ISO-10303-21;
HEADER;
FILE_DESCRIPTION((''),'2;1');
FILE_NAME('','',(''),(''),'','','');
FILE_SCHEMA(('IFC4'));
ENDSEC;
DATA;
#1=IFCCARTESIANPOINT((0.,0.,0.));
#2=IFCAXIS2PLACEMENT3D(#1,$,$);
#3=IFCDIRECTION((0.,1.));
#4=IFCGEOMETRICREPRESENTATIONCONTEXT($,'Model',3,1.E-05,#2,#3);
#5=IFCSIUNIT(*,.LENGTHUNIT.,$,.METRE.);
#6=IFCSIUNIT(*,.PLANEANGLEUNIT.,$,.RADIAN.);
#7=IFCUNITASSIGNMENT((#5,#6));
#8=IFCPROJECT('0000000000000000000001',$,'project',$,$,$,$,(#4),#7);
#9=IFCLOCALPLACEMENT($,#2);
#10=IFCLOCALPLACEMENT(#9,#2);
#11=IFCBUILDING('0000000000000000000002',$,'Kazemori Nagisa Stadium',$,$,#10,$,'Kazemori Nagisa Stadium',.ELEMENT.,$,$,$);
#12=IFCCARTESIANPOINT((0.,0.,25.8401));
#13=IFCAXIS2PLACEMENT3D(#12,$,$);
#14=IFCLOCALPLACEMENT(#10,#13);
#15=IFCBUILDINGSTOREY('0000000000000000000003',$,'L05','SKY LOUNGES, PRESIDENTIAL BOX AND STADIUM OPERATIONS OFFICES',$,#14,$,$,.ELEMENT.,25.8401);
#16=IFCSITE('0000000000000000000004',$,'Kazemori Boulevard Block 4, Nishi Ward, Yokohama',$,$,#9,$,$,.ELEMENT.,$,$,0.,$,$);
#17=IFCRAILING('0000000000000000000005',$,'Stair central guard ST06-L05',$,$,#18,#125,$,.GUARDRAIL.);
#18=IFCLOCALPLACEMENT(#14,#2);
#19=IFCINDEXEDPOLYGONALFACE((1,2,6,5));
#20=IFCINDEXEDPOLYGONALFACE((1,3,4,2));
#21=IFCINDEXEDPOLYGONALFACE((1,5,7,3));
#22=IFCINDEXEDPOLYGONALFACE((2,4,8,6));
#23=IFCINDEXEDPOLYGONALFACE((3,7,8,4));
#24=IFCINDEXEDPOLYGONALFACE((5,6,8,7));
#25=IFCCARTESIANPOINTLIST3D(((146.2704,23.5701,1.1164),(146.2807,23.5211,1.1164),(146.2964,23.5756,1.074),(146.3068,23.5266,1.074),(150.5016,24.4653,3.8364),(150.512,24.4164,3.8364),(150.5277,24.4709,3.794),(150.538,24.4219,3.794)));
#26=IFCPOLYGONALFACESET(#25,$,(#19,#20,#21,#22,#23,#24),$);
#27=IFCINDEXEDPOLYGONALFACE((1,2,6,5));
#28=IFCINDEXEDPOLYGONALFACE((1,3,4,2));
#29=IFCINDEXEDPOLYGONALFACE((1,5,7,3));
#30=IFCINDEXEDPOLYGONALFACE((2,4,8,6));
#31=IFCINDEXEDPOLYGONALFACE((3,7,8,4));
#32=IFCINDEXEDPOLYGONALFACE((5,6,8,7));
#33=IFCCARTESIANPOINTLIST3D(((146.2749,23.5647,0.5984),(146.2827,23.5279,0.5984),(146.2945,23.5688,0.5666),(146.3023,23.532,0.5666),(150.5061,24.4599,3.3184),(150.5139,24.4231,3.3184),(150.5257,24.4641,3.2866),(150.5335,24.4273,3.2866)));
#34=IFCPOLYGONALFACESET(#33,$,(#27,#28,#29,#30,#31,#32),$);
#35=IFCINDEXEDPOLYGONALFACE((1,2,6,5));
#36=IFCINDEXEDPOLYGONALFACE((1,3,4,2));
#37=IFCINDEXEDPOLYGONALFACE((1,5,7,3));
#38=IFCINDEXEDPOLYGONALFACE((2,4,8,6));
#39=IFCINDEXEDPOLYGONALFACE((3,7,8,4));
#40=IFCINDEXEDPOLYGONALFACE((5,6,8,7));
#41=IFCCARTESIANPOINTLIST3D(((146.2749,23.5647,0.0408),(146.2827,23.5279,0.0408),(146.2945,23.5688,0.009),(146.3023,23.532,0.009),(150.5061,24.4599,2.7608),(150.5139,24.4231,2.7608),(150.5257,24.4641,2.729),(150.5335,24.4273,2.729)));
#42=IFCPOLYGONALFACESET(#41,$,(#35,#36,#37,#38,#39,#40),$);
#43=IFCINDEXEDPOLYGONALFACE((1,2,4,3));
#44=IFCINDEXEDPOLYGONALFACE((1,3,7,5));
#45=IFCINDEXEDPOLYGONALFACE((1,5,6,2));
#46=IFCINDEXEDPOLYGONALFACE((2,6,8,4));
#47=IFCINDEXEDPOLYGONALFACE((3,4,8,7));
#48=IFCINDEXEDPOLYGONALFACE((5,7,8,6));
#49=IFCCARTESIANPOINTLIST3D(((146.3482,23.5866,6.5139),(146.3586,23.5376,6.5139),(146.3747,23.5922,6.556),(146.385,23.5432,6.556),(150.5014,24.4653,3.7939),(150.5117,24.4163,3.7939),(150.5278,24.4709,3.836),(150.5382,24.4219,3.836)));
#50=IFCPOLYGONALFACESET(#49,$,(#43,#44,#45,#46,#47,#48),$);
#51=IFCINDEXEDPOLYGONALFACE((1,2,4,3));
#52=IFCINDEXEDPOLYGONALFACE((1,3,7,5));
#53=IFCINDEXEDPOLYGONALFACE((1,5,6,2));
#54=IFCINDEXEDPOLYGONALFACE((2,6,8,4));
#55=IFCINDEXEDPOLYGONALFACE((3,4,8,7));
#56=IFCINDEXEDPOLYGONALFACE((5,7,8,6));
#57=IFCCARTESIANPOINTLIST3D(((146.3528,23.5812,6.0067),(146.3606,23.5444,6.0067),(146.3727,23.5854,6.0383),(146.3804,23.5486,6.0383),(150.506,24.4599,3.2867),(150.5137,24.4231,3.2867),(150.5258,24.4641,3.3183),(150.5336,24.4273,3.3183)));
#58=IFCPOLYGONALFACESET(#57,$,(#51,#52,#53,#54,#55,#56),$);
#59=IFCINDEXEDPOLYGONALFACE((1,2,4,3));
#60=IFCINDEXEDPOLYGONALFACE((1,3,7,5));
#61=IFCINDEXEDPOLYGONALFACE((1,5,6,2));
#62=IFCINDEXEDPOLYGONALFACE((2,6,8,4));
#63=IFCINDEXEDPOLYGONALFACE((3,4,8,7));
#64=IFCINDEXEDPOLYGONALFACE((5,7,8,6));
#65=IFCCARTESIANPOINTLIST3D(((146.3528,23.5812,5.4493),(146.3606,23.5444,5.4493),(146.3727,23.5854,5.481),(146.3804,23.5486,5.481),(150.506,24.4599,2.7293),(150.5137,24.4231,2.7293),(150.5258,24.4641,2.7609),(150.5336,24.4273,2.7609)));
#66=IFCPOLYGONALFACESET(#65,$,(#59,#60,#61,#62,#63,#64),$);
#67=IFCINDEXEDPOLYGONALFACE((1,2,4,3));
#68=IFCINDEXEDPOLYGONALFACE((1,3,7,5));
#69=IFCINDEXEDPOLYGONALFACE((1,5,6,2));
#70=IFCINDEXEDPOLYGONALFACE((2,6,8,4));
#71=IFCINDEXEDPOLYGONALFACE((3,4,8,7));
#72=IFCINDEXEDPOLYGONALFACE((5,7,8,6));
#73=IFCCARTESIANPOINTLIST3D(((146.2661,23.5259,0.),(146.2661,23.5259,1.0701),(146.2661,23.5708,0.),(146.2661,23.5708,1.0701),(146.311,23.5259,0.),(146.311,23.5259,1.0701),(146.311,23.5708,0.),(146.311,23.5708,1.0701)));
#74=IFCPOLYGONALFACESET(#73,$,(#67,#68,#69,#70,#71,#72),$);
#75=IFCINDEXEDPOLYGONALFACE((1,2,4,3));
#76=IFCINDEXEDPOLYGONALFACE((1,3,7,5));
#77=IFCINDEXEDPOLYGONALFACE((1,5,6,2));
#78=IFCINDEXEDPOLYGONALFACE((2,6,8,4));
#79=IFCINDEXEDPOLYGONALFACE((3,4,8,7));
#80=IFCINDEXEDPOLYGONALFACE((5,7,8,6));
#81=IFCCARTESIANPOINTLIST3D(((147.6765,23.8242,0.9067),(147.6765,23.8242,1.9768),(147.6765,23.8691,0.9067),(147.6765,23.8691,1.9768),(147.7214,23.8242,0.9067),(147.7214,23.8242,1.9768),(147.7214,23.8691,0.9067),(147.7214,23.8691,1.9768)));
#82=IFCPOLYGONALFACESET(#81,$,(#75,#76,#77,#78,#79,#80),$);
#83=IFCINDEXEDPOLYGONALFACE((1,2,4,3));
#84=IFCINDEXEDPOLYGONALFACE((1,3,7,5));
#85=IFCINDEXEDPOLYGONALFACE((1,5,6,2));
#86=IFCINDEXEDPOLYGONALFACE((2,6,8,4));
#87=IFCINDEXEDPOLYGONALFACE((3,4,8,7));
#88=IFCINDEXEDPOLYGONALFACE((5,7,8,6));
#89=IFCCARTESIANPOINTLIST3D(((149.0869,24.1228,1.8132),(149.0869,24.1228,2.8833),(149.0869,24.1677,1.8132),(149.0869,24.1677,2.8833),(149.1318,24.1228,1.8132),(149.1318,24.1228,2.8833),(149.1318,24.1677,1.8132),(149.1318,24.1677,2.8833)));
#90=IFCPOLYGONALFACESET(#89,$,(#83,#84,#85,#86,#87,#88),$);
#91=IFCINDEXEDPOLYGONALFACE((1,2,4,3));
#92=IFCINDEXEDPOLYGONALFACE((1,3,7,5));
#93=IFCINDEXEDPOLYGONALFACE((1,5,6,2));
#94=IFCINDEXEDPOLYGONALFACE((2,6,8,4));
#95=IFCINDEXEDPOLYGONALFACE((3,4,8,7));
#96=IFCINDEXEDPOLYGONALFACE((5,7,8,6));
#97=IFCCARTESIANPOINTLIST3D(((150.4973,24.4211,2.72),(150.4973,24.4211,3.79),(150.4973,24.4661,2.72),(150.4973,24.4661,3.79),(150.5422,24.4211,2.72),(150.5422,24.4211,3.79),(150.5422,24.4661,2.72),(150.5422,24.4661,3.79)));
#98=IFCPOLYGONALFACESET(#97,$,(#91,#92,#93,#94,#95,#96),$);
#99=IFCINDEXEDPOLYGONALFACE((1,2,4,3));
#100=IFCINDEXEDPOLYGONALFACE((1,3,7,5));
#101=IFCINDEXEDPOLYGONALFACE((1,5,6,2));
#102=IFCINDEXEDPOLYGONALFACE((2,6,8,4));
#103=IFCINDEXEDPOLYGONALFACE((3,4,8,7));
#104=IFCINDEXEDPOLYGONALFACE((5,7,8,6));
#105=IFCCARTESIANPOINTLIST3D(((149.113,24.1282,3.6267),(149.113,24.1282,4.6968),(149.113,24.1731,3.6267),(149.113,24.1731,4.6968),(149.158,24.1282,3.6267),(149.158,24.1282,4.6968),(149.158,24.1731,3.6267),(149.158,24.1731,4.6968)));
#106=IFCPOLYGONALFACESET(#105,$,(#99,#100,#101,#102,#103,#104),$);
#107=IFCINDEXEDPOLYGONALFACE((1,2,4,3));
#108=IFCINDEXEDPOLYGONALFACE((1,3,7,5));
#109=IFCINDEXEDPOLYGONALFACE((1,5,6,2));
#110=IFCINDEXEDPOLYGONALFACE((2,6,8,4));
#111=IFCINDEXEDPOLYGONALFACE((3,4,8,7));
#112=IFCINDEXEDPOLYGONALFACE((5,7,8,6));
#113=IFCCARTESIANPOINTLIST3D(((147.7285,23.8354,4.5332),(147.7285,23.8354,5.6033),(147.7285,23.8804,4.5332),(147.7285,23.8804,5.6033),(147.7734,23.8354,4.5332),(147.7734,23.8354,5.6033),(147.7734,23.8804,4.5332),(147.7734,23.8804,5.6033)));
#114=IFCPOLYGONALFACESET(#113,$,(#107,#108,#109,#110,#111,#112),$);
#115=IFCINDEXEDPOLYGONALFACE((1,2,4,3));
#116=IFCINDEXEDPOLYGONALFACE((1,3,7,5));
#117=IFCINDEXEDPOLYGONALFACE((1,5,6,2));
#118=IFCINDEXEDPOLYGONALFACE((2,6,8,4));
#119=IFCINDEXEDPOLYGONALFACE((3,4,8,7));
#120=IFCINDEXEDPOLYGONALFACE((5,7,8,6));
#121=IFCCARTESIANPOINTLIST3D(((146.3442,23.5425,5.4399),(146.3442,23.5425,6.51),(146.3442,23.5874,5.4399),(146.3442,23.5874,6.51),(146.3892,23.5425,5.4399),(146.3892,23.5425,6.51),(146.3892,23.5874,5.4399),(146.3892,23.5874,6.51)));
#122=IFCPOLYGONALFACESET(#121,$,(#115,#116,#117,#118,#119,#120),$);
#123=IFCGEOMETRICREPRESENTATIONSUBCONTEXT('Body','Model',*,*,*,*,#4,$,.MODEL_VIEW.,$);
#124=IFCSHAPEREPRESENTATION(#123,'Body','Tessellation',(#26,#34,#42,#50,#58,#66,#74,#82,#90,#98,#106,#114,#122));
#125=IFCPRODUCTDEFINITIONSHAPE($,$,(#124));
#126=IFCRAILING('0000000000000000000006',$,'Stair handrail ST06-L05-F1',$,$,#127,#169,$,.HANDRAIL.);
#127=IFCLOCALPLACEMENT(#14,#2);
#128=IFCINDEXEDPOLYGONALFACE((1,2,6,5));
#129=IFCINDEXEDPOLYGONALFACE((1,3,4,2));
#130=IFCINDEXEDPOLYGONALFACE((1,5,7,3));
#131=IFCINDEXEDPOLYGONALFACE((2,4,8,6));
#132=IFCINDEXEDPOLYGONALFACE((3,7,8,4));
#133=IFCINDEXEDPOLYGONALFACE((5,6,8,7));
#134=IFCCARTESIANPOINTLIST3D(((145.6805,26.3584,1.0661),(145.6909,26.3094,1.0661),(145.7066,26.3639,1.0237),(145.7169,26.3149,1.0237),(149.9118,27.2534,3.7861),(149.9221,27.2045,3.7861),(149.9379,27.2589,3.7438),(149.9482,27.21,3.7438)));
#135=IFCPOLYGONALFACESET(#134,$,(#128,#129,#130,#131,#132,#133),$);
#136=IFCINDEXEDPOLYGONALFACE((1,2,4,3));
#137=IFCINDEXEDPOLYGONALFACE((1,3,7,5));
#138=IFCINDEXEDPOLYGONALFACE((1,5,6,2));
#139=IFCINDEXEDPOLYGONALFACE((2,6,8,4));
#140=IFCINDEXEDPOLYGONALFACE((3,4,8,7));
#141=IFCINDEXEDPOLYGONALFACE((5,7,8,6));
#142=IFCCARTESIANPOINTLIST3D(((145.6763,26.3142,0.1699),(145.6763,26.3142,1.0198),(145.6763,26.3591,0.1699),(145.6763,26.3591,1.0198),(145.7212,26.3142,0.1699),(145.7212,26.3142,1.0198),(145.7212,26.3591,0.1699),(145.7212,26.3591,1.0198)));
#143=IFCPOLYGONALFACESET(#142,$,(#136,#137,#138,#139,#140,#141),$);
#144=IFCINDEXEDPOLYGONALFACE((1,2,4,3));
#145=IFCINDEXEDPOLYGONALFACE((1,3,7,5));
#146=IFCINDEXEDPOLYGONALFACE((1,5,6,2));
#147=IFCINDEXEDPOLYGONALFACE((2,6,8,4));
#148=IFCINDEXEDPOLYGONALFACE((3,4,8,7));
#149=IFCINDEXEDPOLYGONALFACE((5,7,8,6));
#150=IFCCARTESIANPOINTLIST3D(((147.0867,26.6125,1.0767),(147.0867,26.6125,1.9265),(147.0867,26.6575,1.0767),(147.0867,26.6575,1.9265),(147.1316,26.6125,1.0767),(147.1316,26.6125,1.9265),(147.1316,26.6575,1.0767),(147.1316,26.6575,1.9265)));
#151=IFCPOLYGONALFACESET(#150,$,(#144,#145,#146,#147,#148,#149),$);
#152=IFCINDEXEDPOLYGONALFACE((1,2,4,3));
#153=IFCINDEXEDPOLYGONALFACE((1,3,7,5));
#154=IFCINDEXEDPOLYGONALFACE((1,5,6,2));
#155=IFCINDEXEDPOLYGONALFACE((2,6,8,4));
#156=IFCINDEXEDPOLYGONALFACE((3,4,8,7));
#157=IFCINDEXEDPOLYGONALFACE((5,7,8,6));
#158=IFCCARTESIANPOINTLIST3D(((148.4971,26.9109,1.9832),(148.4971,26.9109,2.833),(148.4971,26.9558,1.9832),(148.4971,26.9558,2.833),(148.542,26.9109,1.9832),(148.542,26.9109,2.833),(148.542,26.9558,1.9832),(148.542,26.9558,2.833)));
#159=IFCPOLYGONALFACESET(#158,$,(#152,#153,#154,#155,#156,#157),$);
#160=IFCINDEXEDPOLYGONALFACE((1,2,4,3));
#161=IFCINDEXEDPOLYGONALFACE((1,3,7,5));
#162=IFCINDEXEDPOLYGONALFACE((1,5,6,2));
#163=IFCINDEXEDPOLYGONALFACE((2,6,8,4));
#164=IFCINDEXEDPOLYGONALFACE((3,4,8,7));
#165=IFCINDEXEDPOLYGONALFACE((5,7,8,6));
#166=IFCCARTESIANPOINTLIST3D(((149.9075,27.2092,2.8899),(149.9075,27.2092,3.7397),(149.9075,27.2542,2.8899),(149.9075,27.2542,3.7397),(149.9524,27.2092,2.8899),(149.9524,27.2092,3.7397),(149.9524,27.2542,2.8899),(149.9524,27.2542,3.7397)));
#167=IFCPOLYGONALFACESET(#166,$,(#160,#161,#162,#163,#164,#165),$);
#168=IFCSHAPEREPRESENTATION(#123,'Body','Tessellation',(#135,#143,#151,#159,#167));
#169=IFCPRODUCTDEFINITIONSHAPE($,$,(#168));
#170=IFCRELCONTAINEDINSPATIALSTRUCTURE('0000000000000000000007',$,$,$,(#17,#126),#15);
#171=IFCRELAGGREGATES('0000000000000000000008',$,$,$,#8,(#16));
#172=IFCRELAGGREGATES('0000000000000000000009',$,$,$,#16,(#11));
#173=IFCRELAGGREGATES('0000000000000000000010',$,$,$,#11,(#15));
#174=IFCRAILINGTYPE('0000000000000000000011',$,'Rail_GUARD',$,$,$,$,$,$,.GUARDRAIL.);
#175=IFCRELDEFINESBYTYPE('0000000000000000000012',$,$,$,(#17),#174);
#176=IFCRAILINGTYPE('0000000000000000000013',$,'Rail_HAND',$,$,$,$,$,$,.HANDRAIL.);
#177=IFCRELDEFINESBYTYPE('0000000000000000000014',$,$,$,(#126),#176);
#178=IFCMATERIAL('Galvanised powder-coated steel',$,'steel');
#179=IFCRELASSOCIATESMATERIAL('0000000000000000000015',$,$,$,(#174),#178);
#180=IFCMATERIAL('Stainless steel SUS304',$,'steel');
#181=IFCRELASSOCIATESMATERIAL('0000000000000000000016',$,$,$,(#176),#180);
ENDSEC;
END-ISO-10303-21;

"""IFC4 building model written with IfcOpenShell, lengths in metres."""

from ifc_helpers import new_model, si_unit, direction, frame, origin, origin_2d, place, context, subcontext, project, spatial, rectangle, extrude, material, type_object, element, save


model = new_model("IFC4")

# Units and contexts
model_context = context("Model", 3, precision=1e-05, world=origin(), true_north=direction((0.0, 1.0)))
body_context = subcontext(model_context, "Body", "Model", "MODEL_VIEW")
ifc_project = project(units=[si_unit("LENGTHUNIT", "METRE"), si_unit("PLANEANGLEUNIT", "RADIAN")], contexts=[model_context])

# Site, building, storey
site_placement = place(None, origin())
site = spatial("IfcSite", under=ifc_project, at=site_placement, Name="Kazemori Boulevard Block 4, Nishi Ward, Yokohama", CompositionType="ELEMENT", RefElevation=0.0)
building_placement = place(site_placement, origin())
building = spatial("IfcBuilding", under=site, at=building_placement, Name="Kazemori Nagisa Stadium", LongName="Kazemori Nagisa Stadium", CompositionType="ELEMENT")
storey_placement = place(building_placement, frame((0.0, 0.0, 25.8401)))
storey = spatial("IfcBuildingStorey", under=building, at=storey_placement, Name="L05", Description="SKY LOUNGES, PRESIDENTIAL BOX AND STADIUM OPERATIONS OFFICES", CompositionType="ELEMENT", Elevation=25.8401)

# Railings
ifc_material_1 = material(Name="Galvanised powder-coated steel", Category="steel")
railing_type_1 = type_object("IfcRailingType", Name="Rail_GUARD", PredefinedType="GUARDRAIL", material=ifc_material_1)
railing_1_placement = place(storey_placement, frame((146.2886, 23.5483, 0.0)))
element("IfcRailing", 1, at=railing_1_placement, inside=storey, type_object=railing_type_1, Name="Stair central guard ST06-L05", PredefinedType="GUARDRAIL", context=body_context, shape_type="SweptSolid", body=[
    extrude(rectangle(XDim=0.05, YDim=0.05, at=origin_2d()), frame((0.0, 0.0, 1.0952), z_axis=(0.828171, 0.17523, 0.532379), x_axis=(-0.207003, 0.97834, 0.0)), (0.0, 0.0, 1.0), 5.1091),
    extrude(rectangle(XDim=0.0376, YDim=0.0376, at=origin_2d()), frame((0.0, 0.0, 0.5825), z_axis=(0.828171, 0.17523, 0.532379), x_axis=(-0.207003, 0.97834, 0.0)), (0.0, 0.0, 1.0), 5.1091),
    extrude(rectangle(XDim=0.0376, YDim=0.0376, at=origin_2d()), frame((0.0, 0.0, 0.0249), z_axis=(0.828171, 0.17523, 0.532379), x_axis=(-0.207003, 0.97834, 0.0)), (0.0, 0.0, 1.0), 5.1091),
    extrude(rectangle(XDim=0.05, YDim=0.05, at=origin_2d()), frame((4.2312, 0.8953, 3.8149), z_axis=(-0.823752, -0.17428, 0.539499), x_axis=(0.206987, -0.978344, 0.0)), (0.0, 0.0, 1.0), 5.0417),
    extrude(rectangle(XDim=0.0376, YDim=0.0376, at=origin_2d()), frame((4.2312, 0.8953, 3.3025), z_axis=(-0.823752, -0.17428, 0.539499), x_axis=(0.206987, -0.978344, 0.0)), (0.0, 0.0, 1.0), 5.0417),
    extrude(rectangle(XDim=0.0376, YDim=0.0376, at=origin_2d()), frame((4.2312, 0.8953, 2.7451), z_axis=(-0.823752, -0.17428, 0.539499), x_axis=(0.206987, -0.978344, 0.0)), (0.0, 0.0, 1.0), 5.0417),
    extrude(rectangle(XDim=0.0449, YDim=0.0449, at=origin_2d()), origin(), (0.0, 0.0, 1.0), 1.0701),
    extrude(rectangle(XDim=0.0449, YDim=0.0449, at=origin_2d()), frame((1.4104, 0.2983, 0.9067)), (0.0, 0.0, 1.0), 1.0701),
    extrude(rectangle(XDim=0.0449, YDim=0.0449, at=origin_2d()), frame((2.8208, 0.5969, 1.8132)), (0.0, 0.0, 1.0), 1.0701),
    extrude(rectangle(XDim=0.0449, YDim=0.0449, at=origin_2d()), frame((4.2312, 0.8953, 2.72)), (0.0, 0.0, 1.0), 1.0701),
    extrude(rectangle(XDim=0.0449, YDim=0.0449, at=origin_2d()), frame((2.8469, 0.6023, 3.6267)), (0.0, 0.0, 1.0), 1.0701),
    extrude(rectangle(XDim=0.0449, YDim=0.0449, at=origin_2d()), frame((1.4624, 0.3096, 4.5332)), (0.0, 0.0, 1.0), 1.0701),
    extrude(rectangle(XDim=0.0449, YDim=0.0449, at=origin_2d()), frame((0.0781, 0.0166, 5.4399)), (0.0, 0.0, 1.0), 1.0701),
])
ifc_material_2 = material(Name="Stainless steel SUS304", Category="steel")
railing_type_2 = type_object("IfcRailingType", Name="Rail_HAND", PredefinedType="HANDRAIL", material=ifc_material_2)
railing_2_placement = place(storey_placement, frame((145.6987, 26.3367, 0.1699)))
element("IfcRailing", 2, at=railing_2_placement, inside=storey, type_object=railing_type_2, Name="Stair handrail ST06-L05-F1", PredefinedType="HANDRAIL", context=body_context, shape_type="SweptSolid", body=[
    extrude(rectangle(XDim=0.05, YDim=0.05, at=origin_2d()), frame((0.0, 0.0, 0.875), z_axis=(0.828178, 0.175183, 0.532383), x_axis=(-0.206949, 0.978352, 0.0)), (0.0, 0.0, 1.0), 5.1091),
    extrude(rectangle(XDim=0.0449, YDim=0.0449, at=origin_2d()), origin(), (0.0, 0.0, 1.0), 0.8499),
    extrude(rectangle(XDim=0.0449, YDim=0.0449, at=origin_2d()), frame((1.4104, 0.2983, 0.9067)), (0.0, 0.0, 1.0), 0.8499),
    extrude(rectangle(XDim=0.0449, YDim=0.0449, at=origin_2d()), frame((2.8208, 0.5967, 1.8132)), (0.0, 0.0, 1.0), 0.8499),
    extrude(rectangle(XDim=0.0449, YDim=0.0449, at=origin_2d()), frame((4.2312, 0.895, 2.72)), (0.0, 0.0, 1.0), 0.8499),
])

save(model, "model.ifc")
